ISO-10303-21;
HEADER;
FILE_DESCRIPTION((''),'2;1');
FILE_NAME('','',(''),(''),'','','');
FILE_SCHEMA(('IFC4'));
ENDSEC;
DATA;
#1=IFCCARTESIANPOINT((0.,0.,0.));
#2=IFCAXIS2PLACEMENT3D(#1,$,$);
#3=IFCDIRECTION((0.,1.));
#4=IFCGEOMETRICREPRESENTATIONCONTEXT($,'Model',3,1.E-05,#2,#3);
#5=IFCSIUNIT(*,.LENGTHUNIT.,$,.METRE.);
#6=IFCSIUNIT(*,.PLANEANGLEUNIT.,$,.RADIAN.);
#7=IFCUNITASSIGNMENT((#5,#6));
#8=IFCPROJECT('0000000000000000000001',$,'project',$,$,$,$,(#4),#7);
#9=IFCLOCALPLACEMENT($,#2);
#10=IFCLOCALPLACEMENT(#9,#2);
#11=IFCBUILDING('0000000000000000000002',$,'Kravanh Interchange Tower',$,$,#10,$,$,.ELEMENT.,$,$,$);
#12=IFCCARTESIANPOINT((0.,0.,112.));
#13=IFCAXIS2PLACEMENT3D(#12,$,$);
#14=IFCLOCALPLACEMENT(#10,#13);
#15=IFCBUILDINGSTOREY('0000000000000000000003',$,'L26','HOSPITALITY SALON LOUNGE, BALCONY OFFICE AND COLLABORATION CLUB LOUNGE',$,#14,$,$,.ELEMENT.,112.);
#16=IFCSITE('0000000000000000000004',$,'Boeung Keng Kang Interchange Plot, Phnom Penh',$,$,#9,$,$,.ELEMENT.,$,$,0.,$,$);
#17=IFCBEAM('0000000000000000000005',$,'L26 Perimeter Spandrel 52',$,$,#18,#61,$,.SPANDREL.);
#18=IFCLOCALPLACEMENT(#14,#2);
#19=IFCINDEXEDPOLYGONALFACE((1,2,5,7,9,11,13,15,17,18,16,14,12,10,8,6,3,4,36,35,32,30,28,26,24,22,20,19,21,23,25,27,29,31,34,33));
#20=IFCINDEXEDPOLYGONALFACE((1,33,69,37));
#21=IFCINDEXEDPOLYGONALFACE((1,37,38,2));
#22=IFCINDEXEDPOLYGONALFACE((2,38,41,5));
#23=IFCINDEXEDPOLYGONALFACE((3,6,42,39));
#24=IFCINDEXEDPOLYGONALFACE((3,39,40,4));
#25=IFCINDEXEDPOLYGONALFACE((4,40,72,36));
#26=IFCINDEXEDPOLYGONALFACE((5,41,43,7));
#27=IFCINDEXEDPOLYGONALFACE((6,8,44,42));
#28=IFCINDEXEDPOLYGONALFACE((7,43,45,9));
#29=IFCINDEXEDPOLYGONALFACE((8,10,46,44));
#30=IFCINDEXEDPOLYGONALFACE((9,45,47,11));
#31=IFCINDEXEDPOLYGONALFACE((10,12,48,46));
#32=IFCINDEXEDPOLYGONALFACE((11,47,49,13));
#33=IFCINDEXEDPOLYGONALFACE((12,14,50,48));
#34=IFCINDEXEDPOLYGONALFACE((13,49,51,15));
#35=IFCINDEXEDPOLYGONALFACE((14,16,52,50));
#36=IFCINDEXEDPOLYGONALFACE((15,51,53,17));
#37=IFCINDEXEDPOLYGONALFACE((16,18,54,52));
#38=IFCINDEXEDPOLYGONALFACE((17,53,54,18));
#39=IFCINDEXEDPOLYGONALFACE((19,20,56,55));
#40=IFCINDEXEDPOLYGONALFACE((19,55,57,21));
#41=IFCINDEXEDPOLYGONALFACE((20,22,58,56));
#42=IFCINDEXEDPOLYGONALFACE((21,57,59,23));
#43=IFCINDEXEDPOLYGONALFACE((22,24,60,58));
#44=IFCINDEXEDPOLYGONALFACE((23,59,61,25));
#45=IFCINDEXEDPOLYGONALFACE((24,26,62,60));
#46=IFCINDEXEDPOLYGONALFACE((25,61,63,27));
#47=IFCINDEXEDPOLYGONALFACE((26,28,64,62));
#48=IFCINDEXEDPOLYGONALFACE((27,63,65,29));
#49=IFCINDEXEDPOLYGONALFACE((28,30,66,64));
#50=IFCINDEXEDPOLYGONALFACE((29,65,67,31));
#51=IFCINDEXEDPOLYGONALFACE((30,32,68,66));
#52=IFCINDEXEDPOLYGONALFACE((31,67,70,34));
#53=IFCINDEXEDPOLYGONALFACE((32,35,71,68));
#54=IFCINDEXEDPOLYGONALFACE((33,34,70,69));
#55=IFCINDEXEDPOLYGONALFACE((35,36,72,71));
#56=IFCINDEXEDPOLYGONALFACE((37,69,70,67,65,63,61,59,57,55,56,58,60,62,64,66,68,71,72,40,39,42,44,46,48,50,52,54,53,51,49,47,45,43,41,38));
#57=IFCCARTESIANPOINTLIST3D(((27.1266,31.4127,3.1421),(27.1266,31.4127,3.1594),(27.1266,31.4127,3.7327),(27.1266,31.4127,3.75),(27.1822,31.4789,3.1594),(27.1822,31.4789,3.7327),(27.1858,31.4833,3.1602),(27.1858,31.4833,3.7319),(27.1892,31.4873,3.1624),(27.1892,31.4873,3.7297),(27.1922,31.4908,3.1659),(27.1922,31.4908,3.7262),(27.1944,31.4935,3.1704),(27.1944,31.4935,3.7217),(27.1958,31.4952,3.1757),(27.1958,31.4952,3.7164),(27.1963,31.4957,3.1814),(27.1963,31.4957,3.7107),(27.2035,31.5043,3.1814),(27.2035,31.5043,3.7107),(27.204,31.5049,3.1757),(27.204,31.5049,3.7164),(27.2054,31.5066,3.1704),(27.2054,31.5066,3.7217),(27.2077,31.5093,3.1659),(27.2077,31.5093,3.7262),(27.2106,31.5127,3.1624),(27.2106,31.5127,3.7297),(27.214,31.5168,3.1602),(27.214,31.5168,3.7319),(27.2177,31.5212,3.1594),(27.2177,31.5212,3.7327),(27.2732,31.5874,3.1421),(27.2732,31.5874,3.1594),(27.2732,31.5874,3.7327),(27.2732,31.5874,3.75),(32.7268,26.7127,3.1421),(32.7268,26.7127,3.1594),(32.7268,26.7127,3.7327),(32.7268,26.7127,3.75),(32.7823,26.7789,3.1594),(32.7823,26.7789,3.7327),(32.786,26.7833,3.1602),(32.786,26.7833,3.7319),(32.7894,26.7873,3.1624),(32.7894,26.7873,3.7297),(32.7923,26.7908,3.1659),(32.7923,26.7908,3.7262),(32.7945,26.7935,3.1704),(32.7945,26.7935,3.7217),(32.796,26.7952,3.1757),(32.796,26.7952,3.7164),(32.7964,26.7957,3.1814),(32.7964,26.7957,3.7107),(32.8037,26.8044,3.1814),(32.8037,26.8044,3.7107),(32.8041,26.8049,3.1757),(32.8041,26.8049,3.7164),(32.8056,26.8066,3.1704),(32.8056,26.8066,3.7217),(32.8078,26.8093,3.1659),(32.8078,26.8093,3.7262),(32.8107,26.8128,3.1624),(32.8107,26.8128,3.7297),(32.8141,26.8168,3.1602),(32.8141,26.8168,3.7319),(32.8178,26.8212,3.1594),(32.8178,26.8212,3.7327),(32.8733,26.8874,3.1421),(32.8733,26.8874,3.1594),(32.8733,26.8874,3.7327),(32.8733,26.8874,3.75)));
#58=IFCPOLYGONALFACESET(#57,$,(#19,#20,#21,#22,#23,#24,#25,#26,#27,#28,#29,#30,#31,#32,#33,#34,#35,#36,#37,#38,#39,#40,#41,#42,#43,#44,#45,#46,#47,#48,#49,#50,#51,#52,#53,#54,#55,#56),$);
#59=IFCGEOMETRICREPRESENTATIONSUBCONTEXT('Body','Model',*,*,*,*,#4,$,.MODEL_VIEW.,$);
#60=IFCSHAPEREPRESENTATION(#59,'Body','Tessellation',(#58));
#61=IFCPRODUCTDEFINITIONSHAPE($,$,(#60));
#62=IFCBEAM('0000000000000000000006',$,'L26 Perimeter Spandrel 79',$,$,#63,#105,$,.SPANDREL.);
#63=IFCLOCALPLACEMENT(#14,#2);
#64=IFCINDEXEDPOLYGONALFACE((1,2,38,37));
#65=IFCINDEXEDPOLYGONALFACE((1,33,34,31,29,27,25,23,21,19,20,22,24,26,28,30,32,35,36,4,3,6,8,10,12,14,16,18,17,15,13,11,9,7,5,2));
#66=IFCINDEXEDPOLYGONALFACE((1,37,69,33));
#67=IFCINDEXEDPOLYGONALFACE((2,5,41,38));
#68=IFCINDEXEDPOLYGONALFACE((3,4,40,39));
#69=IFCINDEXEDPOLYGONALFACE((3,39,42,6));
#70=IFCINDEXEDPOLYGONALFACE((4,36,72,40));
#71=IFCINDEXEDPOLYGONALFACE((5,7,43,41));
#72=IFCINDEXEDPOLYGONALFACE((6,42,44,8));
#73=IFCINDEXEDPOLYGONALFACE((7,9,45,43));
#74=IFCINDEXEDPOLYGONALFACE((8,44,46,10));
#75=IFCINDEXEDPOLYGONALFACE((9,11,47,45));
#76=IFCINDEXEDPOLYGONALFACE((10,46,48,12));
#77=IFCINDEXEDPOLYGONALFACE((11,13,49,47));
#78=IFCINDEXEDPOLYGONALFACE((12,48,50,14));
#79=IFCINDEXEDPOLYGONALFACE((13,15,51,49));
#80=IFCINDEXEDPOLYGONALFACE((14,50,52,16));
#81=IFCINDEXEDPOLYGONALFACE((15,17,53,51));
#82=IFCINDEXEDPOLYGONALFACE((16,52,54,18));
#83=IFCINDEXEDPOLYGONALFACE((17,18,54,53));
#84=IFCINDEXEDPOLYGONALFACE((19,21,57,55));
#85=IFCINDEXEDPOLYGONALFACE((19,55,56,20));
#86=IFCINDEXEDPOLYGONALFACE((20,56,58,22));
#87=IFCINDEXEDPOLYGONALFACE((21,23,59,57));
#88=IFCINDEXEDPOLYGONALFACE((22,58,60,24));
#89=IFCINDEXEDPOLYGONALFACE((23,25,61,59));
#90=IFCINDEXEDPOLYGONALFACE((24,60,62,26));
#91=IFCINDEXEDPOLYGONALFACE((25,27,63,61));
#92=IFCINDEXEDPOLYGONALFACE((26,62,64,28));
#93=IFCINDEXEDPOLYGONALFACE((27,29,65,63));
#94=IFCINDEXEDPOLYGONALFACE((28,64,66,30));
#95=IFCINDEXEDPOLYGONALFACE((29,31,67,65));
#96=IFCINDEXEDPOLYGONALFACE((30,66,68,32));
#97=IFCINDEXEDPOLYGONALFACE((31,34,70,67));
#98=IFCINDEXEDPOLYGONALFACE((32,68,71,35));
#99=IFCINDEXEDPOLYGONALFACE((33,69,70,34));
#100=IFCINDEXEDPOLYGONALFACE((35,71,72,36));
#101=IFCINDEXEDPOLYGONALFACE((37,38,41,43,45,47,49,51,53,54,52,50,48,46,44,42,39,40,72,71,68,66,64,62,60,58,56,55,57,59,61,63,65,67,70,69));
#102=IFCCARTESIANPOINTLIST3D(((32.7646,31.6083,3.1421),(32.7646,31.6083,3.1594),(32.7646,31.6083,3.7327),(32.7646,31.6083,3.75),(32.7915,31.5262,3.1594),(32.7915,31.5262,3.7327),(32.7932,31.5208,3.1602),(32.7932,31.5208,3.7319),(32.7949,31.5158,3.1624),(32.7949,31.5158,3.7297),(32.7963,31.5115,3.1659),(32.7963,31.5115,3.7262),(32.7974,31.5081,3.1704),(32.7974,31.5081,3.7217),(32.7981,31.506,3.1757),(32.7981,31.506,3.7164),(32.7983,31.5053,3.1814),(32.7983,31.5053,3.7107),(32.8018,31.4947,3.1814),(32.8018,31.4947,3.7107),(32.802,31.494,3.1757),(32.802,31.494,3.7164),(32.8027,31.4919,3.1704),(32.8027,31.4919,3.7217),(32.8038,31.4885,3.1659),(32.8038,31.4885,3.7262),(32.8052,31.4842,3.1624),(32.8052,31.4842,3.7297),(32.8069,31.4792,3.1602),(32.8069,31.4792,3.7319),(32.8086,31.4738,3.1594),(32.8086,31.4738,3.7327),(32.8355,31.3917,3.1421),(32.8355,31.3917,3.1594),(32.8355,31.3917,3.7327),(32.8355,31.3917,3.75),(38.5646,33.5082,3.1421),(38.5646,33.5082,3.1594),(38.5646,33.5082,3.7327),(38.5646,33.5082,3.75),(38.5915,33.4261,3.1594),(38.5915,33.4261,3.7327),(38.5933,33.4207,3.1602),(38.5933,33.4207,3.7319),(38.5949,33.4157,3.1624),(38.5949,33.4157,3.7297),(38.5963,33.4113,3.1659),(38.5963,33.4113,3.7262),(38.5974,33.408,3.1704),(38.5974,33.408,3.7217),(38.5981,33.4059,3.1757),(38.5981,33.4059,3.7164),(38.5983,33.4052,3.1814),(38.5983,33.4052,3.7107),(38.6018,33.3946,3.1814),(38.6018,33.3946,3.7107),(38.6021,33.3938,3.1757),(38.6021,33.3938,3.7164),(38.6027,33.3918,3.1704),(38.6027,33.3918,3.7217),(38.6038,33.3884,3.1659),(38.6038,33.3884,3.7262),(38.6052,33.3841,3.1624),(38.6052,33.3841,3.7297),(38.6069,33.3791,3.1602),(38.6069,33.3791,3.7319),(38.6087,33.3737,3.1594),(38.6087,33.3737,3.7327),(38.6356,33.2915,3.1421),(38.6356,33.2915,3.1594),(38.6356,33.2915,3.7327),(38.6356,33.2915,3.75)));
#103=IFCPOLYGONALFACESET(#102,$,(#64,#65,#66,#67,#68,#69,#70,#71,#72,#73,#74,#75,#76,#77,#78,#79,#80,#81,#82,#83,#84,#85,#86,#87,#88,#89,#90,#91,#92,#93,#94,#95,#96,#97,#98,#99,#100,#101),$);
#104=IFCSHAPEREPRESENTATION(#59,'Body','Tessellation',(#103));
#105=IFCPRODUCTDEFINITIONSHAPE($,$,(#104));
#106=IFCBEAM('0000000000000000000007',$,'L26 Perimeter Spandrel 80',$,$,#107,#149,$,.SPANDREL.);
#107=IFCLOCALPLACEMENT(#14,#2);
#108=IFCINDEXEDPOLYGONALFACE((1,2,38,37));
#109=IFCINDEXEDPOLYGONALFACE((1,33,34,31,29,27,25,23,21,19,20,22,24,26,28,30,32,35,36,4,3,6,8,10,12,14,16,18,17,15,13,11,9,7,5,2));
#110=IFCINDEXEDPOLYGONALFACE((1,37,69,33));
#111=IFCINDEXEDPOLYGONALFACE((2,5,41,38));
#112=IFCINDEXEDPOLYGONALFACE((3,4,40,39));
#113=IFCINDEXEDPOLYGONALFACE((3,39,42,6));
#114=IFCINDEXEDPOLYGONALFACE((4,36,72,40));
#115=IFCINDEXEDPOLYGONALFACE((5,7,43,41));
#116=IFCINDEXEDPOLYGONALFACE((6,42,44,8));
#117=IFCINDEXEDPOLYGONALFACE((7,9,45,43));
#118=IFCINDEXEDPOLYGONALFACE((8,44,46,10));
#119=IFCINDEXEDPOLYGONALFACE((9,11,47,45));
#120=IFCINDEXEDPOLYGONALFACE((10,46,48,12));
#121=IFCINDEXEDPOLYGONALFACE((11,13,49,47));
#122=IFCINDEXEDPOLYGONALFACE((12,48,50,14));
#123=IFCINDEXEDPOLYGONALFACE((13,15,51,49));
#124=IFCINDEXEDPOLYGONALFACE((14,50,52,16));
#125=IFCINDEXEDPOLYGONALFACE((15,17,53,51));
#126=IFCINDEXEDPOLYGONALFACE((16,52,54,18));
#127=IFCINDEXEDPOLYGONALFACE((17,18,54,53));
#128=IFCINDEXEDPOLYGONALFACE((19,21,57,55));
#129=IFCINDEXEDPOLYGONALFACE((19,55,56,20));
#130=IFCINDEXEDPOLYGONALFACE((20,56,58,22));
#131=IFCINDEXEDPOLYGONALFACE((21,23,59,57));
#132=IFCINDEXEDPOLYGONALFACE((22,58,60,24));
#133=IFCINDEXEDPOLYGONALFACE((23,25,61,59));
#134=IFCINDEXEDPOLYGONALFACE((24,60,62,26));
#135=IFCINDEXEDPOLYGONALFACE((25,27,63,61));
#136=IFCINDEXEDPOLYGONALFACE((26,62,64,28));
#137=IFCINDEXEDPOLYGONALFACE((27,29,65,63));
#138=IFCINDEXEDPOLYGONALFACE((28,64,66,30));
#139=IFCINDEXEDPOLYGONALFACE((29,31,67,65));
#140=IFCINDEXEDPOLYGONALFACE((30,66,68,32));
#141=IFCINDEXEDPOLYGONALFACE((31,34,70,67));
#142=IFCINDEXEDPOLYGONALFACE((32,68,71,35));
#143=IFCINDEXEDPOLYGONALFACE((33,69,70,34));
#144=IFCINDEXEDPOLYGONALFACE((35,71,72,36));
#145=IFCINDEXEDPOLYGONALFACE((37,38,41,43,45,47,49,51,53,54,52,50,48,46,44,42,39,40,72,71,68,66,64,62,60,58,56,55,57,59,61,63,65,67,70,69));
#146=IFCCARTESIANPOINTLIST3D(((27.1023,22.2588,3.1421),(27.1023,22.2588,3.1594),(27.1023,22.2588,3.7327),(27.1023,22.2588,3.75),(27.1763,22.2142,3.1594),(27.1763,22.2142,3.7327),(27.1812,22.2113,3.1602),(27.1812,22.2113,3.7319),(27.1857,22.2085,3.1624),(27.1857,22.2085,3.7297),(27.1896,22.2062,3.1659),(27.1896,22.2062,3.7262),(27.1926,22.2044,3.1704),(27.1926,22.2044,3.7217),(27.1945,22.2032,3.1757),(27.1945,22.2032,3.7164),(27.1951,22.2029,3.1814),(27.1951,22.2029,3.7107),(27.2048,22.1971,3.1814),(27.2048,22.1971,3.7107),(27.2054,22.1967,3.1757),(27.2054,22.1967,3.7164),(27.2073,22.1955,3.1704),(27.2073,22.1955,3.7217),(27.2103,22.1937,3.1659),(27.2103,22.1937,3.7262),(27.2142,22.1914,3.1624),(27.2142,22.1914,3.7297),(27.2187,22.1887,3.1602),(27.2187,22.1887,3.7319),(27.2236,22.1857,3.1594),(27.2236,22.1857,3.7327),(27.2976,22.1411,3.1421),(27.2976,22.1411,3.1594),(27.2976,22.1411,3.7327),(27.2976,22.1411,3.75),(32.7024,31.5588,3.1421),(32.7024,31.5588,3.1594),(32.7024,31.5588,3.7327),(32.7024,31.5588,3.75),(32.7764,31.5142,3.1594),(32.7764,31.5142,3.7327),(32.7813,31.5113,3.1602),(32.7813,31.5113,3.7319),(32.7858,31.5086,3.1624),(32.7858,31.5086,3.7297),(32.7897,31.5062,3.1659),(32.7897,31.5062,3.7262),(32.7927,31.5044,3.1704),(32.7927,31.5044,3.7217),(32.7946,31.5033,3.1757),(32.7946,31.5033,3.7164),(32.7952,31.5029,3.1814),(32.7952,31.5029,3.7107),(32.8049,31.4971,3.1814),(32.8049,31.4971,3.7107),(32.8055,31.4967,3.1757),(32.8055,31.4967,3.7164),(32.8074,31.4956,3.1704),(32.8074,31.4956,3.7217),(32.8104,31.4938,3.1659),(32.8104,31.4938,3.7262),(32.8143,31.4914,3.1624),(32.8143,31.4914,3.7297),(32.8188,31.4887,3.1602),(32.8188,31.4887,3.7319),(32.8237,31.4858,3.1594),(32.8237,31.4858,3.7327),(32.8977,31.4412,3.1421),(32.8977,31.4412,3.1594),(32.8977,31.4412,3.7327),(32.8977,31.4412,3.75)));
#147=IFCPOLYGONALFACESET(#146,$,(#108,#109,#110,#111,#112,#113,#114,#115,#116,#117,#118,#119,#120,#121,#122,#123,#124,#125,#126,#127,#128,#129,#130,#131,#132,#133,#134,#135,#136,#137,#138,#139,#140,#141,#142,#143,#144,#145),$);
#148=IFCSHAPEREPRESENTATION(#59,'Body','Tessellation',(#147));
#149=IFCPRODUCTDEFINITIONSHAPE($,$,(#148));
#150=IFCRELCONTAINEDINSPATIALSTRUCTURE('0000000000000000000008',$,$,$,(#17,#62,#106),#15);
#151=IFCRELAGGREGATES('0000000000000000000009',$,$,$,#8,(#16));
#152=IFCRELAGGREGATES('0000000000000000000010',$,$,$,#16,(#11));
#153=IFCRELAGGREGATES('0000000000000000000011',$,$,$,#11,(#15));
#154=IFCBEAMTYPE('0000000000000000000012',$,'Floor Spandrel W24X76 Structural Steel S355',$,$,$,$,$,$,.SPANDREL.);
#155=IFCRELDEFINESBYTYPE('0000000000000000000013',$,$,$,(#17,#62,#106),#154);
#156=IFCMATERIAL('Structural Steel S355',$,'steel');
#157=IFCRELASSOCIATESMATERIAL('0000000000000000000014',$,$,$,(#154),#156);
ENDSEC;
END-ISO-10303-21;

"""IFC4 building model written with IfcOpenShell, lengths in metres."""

from ifc_helpers import new_model, si_unit, direction, frame, origin, origin_2d, place, context, subcontext, project, spatial, i_section, extrude, material, material_profile, profile_set, type_object, element, save


model = new_model("IFC4")

# Units and contexts
model_context = context("Model", 3, precision=1e-05, world=origin(), true_north=direction((0.0, 1.0)))
body_context = subcontext(model_context, "Body", "Model", "MODEL_VIEW")
ifc_project = project(units=[si_unit("LENGTHUNIT", "METRE"), si_unit("PLANEANGLEUNIT", "RADIAN")], contexts=[model_context])

# Site, building, storey
site_placement = place(None, origin())
site = spatial("IfcSite", under=ifc_project, at=site_placement, Name="Boeung Keng Kang Interchange Plot, Phnom Penh", CompositionType="ELEMENT", RefElevation=0.0)
building_placement = place(site_placement, origin())
building = spatial("IfcBuilding", under=site, at=building_placement, Name="Kravanh Interchange Tower", CompositionType="ELEMENT")
storey_placement = place(building_placement, frame((0.0, 0.0, 112.0)))
storey = spatial("IfcBuildingStorey", under=building, at=storey_placement, Name="L26", Description="HOSPITALITY SALON LOUNGE, BALCONY OFFICE AND COLLABORATION CLUB LOUNGE", CompositionType="ELEMENT", Elevation=112.0)

# Beams
ifc_material_1 = material(Name="Structural Steel S355", Category="steel")
ifc_material_profile_1 = material_profile(ifc_material_1, i_section(OverallWidth=0.228, OverallDepth=0.6079, WebThickness=0.0112, FlangeThickness=0.0173, FilletRadius=0.022, at=origin_2d()), Name="W24X76")
ifc_profile_set_1 = profile_set([ifc_material_profile_1], Name="Structural Steel S355")
beam_type_1 = type_object("IfcBeamType", Name="Floor Spandrel W24X76 Structural Steel S355", PredefinedType="SPANDREL", material=ifc_profile_set_1)
beam_1_placement = place(storey_placement, frame((32.8, 26.8, 3.446), z_axis=(-0.765983, 0.642861, 0.0), x_axis=(-0.642861, -0.765983, 0.0)))
element("IfcBeam", 1, at=beam_1_placement, inside=storey, type_object=beam_type_1, Name="L26 Perimeter Spandrel 52", PredefinedType="SPANDREL", context=body_context, shape_type="SweptSolid", body=[
    extrude(i_section(OverallWidth=0.228, OverallDepth=0.6079, WebThickness=0.0112, FlangeThickness=0.0173, FilletRadius=0.022, at=origin_2d()), origin(), (0.0, 0.0, 1.0), 7.311),
])
beam_2_placement = place(storey_placement, frame((32.8, 31.5, 3.446), z_axis=(0.950315, 0.311291, 0.0), x_axis=(-0.311291, 0.950315, 0.0)))
element("IfcBeam", 2, at=beam_2_placement, inside=storey, type_object=beam_type_1, Name="L26 Perimeter Spandrel 79", PredefinedType="SPANDREL", context=body_context, shape_type="SweptSolid", body=[
    extrude(i_section(OverallWidth=0.228, OverallDepth=0.6079, WebThickness=0.0112, FlangeThickness=0.0173, FilletRadius=0.022, at=origin_2d()), origin(), (0.0, 0.0, 1.0), 6.1033),
])
beam_3_placement = place(storey_placement, frame((32.8, 31.5, 3.446), z_axis=(-0.515854, -0.856676, 0.0), x_axis=(0.856676, -0.515854, 0.0)))
element("IfcBeam", 3, at=beam_3_placement, inside=storey, type_object=beam_type_1, Name="L26 Perimeter Spandrel 80", PredefinedType="SPANDREL", context=body_context, shape_type="SweptSolid", body=[
    extrude(i_section(OverallWidth=0.228, OverallDepth=0.6079, WebThickness=0.0112, FlangeThickness=0.0173, FilletRadius=0.022, at=origin_2d()), origin(), (0.0, 0.0, 1.0), 10.856),
])

save(model, "model.ifc")
